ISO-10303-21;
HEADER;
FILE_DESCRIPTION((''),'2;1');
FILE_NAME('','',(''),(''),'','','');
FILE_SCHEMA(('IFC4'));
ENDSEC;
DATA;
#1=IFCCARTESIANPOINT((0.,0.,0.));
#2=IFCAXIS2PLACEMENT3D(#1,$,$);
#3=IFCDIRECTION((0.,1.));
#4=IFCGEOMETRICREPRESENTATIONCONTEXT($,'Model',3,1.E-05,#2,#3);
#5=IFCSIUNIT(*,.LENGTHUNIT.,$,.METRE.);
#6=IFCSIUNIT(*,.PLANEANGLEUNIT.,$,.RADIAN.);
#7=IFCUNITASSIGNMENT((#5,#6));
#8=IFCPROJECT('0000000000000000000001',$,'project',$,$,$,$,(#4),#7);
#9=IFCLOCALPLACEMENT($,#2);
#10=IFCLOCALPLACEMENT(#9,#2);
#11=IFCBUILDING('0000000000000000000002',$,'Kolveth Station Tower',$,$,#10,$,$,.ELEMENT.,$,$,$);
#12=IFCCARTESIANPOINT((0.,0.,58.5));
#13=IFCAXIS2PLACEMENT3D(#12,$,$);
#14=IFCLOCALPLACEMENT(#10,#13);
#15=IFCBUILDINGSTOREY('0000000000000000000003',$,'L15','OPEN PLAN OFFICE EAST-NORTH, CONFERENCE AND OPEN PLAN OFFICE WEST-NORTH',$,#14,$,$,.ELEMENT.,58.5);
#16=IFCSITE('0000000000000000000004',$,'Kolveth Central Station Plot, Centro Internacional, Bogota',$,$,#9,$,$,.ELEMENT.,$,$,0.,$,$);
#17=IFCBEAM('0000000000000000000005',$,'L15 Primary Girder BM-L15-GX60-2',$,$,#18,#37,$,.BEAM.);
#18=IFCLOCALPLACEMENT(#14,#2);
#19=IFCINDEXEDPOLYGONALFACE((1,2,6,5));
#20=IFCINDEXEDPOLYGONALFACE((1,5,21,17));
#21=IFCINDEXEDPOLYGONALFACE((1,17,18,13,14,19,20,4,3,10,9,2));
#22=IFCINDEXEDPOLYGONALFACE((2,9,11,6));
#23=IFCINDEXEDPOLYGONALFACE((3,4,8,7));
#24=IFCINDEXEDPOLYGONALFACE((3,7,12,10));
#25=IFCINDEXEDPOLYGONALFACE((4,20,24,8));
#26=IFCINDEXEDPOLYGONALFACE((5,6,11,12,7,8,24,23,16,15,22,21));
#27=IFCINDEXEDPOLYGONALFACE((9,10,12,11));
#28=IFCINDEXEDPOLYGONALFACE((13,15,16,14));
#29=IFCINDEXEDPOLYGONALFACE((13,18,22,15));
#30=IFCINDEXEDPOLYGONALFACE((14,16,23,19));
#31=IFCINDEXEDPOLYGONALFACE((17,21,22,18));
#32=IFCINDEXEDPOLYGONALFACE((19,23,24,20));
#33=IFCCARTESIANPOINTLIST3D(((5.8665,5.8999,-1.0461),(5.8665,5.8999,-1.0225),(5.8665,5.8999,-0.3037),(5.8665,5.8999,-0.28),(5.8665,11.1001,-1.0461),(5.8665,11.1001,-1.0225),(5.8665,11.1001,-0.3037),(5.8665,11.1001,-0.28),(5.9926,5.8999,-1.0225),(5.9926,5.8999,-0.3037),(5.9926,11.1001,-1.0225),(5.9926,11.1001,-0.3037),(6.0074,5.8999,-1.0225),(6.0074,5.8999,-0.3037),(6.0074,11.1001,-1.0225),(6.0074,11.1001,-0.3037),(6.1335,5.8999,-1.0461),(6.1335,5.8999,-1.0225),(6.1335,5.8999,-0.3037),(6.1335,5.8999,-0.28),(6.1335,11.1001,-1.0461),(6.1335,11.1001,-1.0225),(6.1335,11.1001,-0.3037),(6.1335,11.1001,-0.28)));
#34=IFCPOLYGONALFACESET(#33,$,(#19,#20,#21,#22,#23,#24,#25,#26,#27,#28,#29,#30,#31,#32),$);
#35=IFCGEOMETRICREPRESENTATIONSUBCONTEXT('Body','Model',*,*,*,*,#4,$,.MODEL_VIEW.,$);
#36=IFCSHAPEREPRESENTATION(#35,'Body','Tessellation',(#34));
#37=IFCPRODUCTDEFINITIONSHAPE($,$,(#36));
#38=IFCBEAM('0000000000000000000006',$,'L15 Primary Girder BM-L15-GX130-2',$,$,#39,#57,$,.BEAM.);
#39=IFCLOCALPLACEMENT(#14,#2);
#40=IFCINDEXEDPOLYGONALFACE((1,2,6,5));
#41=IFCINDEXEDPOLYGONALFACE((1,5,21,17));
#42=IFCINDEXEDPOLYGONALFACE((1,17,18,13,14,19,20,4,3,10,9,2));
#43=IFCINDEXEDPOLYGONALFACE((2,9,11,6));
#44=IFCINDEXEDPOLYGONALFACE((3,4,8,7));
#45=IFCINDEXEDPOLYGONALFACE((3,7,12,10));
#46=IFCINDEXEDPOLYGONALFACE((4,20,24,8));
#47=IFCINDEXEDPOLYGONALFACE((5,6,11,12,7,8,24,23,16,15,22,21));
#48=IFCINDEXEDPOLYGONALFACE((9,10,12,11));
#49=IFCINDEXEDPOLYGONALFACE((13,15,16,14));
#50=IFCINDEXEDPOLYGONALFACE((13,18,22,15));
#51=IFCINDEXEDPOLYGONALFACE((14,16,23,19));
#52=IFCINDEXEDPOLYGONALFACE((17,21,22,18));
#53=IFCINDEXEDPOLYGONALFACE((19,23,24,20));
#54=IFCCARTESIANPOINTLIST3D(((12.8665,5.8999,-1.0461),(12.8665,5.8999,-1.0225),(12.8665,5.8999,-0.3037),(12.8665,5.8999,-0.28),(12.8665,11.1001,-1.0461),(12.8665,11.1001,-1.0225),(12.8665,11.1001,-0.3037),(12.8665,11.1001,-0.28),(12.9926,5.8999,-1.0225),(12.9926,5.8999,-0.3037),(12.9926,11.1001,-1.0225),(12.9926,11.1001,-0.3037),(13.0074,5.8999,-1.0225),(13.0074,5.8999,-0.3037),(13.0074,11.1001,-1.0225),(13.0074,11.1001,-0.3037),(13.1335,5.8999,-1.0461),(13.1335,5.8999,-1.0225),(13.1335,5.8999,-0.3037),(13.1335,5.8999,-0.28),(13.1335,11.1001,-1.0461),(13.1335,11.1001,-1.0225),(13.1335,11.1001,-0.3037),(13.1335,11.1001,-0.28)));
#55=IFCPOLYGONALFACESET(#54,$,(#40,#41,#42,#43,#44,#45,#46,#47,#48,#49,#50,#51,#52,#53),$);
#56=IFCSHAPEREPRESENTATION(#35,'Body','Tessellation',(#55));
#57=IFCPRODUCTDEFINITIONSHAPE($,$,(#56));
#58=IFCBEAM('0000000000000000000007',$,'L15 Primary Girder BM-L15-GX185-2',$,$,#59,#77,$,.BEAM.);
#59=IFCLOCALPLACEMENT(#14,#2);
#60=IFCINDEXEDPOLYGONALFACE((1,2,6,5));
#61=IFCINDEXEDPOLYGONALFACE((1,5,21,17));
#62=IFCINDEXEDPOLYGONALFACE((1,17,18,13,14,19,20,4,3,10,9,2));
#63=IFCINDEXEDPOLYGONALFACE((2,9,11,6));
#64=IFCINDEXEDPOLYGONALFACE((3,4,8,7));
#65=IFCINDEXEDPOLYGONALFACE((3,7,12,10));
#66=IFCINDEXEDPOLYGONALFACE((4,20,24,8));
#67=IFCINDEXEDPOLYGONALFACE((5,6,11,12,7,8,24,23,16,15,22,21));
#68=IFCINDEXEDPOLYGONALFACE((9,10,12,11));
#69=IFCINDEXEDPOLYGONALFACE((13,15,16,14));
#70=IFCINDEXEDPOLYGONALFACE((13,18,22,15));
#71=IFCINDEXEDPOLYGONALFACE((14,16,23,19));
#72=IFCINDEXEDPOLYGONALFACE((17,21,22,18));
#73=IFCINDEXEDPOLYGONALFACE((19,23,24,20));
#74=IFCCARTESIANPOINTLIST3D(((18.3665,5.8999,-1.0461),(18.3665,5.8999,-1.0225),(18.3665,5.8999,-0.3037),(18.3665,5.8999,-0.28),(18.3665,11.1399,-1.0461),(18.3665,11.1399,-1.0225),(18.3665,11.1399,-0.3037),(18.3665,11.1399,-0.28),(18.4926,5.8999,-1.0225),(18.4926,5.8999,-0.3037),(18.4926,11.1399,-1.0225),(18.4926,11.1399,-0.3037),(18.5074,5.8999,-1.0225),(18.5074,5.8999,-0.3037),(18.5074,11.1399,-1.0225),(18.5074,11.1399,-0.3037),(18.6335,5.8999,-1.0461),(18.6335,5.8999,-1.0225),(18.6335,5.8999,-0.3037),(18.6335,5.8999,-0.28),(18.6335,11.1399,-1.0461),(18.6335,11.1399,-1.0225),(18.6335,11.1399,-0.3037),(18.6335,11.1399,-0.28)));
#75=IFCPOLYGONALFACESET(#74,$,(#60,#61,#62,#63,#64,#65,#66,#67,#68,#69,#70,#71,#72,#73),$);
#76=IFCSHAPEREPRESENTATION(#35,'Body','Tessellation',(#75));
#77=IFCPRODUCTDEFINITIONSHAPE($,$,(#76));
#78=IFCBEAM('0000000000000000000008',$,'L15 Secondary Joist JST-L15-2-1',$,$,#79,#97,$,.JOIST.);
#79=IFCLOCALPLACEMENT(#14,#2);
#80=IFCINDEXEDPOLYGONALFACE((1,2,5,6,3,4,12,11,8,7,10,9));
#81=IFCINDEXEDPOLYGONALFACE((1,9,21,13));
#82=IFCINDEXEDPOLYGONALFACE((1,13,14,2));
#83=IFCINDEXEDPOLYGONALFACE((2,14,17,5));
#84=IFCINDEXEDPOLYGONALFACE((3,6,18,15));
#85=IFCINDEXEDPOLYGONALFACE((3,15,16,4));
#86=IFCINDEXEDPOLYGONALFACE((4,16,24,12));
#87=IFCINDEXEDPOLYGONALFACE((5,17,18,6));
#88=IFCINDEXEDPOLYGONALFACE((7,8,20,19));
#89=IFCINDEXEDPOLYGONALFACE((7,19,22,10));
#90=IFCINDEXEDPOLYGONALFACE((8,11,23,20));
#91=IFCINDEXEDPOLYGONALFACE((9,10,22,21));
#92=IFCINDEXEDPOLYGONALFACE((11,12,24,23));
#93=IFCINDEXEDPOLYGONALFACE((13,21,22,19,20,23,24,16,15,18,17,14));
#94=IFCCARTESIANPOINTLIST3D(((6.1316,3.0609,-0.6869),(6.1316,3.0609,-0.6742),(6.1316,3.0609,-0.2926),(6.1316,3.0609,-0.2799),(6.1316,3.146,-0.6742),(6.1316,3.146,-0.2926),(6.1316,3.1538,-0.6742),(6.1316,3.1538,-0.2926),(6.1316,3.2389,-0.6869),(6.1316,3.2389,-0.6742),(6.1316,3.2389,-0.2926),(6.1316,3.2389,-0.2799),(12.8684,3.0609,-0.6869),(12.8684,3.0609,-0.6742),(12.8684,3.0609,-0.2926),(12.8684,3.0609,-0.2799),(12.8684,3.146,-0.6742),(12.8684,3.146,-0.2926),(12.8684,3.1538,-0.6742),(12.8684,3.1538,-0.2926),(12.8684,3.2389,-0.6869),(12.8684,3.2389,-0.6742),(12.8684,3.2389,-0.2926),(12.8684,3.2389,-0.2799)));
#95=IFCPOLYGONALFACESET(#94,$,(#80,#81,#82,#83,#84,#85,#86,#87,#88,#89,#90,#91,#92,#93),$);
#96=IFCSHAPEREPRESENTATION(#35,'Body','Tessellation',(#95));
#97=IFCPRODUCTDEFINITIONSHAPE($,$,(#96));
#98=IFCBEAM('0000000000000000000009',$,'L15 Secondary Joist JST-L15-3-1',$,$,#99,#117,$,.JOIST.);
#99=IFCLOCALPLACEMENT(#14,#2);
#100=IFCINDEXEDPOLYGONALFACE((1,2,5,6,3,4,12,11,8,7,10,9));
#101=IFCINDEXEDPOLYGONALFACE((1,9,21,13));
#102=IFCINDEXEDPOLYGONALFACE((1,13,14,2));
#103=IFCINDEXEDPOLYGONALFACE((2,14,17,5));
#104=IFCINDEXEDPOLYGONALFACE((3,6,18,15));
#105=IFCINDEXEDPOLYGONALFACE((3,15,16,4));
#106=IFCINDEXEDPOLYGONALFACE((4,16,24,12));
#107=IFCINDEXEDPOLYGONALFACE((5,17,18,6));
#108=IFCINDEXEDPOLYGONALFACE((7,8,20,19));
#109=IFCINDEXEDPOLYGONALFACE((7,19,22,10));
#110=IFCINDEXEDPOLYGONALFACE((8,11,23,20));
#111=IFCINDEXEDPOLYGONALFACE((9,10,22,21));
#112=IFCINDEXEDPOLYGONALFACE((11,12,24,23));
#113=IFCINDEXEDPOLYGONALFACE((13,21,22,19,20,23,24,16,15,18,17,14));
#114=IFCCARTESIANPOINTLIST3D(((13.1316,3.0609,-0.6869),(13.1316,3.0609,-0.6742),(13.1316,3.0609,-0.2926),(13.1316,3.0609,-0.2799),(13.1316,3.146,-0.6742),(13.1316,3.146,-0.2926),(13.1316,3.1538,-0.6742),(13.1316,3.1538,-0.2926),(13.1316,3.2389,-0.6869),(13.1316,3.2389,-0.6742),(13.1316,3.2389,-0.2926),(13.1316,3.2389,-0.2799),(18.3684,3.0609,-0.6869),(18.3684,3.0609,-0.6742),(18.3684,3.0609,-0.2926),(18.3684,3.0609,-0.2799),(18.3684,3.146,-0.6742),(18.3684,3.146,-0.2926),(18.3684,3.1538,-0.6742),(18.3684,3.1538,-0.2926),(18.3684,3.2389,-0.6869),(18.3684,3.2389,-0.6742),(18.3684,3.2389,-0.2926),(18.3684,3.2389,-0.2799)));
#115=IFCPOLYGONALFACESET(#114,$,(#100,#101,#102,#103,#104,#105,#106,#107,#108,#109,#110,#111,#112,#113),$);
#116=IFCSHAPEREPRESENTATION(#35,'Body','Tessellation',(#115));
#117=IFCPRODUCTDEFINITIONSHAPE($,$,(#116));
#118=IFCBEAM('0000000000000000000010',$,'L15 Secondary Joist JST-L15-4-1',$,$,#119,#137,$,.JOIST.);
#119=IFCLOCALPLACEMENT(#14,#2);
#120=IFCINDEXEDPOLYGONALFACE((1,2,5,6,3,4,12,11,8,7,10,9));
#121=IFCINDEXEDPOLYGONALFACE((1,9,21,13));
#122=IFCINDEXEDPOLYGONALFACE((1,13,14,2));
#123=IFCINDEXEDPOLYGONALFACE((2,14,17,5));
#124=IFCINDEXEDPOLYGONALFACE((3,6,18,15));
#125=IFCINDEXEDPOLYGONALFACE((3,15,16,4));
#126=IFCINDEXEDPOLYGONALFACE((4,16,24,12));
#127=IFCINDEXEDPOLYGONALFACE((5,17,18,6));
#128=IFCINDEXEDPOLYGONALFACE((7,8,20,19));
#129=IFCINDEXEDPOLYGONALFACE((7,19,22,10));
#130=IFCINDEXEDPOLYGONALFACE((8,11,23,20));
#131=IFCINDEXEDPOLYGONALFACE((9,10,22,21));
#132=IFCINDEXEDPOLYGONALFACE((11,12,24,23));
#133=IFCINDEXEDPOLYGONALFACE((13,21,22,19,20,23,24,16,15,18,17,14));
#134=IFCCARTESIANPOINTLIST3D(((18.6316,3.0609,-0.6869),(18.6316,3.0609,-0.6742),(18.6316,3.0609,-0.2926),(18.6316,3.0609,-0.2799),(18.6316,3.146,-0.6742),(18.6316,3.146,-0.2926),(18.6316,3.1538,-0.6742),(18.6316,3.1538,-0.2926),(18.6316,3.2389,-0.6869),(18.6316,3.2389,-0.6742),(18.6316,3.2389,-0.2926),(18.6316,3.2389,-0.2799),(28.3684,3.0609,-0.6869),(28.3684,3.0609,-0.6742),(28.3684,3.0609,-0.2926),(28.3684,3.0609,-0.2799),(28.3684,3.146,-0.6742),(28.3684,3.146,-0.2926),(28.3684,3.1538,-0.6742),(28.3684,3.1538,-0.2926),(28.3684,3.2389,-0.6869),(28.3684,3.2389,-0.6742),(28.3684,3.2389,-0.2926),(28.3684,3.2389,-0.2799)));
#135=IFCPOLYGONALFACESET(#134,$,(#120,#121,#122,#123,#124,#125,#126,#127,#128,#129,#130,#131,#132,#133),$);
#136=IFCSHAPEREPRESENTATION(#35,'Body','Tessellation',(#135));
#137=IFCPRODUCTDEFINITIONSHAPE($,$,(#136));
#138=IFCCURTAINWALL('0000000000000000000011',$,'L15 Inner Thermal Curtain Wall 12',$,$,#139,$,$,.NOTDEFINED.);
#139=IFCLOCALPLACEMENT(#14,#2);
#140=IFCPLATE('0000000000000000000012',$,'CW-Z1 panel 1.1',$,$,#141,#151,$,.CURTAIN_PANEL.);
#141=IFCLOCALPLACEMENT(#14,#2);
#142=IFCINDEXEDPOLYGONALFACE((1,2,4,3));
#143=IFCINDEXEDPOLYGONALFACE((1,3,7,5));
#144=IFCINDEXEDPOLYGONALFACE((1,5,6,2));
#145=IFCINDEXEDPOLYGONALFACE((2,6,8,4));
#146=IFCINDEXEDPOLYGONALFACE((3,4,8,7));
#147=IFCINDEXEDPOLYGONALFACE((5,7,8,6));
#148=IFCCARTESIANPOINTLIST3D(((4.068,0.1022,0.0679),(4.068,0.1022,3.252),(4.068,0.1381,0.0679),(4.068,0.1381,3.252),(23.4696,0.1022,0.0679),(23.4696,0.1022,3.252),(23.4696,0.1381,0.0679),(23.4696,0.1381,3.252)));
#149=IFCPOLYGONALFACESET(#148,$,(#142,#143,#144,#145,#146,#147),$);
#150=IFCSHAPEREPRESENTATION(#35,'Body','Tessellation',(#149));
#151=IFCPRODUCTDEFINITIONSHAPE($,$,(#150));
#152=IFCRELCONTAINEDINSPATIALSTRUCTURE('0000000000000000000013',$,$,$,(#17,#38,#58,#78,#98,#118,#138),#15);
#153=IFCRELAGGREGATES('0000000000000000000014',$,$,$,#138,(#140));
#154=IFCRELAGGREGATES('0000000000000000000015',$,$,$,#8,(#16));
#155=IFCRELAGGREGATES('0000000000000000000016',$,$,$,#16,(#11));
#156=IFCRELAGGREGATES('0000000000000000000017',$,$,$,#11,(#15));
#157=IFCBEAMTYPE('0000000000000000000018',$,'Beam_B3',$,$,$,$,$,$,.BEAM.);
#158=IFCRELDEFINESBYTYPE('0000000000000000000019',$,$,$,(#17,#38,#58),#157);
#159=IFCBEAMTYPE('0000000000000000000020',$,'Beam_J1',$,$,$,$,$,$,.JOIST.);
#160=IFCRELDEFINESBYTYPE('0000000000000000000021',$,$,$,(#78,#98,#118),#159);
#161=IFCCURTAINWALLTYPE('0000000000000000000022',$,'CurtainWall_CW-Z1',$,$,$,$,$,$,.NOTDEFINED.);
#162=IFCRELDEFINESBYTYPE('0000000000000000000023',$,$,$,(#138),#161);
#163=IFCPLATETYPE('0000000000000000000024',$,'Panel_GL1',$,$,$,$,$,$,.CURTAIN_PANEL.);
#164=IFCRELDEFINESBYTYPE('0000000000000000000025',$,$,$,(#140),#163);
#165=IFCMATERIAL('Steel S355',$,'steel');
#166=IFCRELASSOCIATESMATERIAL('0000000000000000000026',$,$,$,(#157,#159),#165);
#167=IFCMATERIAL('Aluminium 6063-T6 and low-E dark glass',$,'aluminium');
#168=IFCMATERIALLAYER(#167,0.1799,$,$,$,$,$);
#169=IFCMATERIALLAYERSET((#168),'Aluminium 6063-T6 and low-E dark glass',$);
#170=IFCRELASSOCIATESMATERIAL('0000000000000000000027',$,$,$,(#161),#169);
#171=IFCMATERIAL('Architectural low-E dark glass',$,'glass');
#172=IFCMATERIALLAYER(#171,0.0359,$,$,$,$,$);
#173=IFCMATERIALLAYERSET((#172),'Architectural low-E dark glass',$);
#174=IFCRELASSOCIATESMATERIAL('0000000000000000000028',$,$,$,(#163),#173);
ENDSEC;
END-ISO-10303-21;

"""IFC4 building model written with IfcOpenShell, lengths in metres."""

from ifc_helpers import new_model, si_unit, direction, frame, origin, origin_2d, place, context, subcontext, project, spatial, rectangle, i_section, extrude, source, transform, mapped, material, layer, layer_set, material_profile, profile_set, type_object, element, aggregate, save


model = new_model("IFC4")

# Units and contexts
model_context = context("Model", 3, precision=1e-05, world=origin(), true_north=direction((0.0, 1.0)))
body_context = subcontext(model_context, "Body", "Model", "MODEL_VIEW")
ifc_project = project(units=[si_unit("LENGTHUNIT", "METRE"), si_unit("PLANEANGLEUNIT", "RADIAN")], contexts=[model_context])

# Site, building, storey
site_placement = place(None, origin())
site = spatial("IfcSite", under=ifc_project, at=site_placement, Name="Kolveth Central Station Plot, Centro Internacional, Bogota", CompositionType="ELEMENT", RefElevation=0.0)
building_placement = place(site_placement, origin())
building = spatial("IfcBuilding", under=site, at=building_placement, Name="Kolveth Station Tower", CompositionType="ELEMENT")
storey_placement = place(building_placement, frame((0.0, 0.0, 58.5)))
storey = spatial("IfcBuildingStorey", under=building, at=storey_placement, Name="L15", Description="OPEN PLAN OFFICE EAST-NORTH, CONFERENCE AND OPEN PLAN OFFICE WEST-NORTH", CompositionType="ELEMENT", Elevation=58.5)

# Shared definitions
ifc_material_1 = material(Name="Steel S355", Category="steel")

# Beams
ifc_material_profile_1 = material_profile(ifc_material_1, i_section(OverallWidth=0.2671, OverallDepth=0.7661, WebThickness=0.0149, FlangeThickness=0.0237, at=origin_2d()), Name="W760x185")
ifc_profile_set_1 = profile_set([ifc_material_profile_1], Name="Steel S355")
beam_type_1 = type_object("IfcBeamType", Name="Beam_B3", PredefinedType="BEAM", material=ifc_profile_set_1)
shared_shape_1 = source(origin(), body_context, "Body", "SweptSolid", [
    extrude(i_section(OverallWidth=0.2671, OverallDepth=0.7661, WebThickness=0.0149, FlangeThickness=0.0237, at=origin_2d()), origin(), (0.0, 0.0, 1.0), 5.2002),
])
for number, where, z_axis, x_axis, name in (
    (1, (6.0, 5.8999, -0.6631), (0.0, 1.0, 0.0), (-1.0, 0.0, 0.0), "L15 Primary Girder BM-L15-GX60-2"),
    (2, (13.0, 5.8999, -0.6631), (0.0, 1.0, 0.0), (-1.0, 0.0, 0.0), "L15 Primary Girder BM-L15-GX130-2"),
):
    element("IfcBeam", number, at=place(storey_placement, frame(where, z_axis=z_axis, x_axis=x_axis)), inside=storey, type_object=beam_type_1, Name=name, PredefinedType="BEAM", context=body_context, shape_type="MappedRepresentation", body=[
        mapped(shared_shape_1, transform((0.0, 0.0, 0.0), x_axis=(1.0, 0.0, 0.0), y_axis=(0.0, 1.0, 0.0), z_axis=(0.0, 0.0, 1.0), scale=1.0)),
    ])
shared_shape_2 = source(origin(), body_context, "Body", "SweptSolid", [
    extrude(i_section(OverallWidth=0.2671, OverallDepth=0.7661, WebThickness=0.0149, FlangeThickness=0.0237, at=origin_2d()), origin(), (0.0, 0.0, 1.0), 5.24),
])
beam_1_placement = place(storey_placement, frame((18.5, 5.8999, -0.6631), z_axis=(0.0, 1.0, 0.0), x_axis=(-1.0, 0.0, 0.0)))
element("IfcBeam", 3, at=beam_1_placement, inside=storey, type_object=beam_type_1, Name="L15 Primary Girder BM-L15-GX185-2", PredefinedType="BEAM", context=body_context, shape_type="MappedRepresentation", body=[
    mapped(shared_shape_2, transform((0.0, 0.0, 0.0), x_axis=(1.0, 0.0, 0.0), y_axis=(0.0, 1.0, 0.0), z_axis=(0.0, 0.0, 1.0), scale=1.0)),
])
ifc_material_profile_2 = material_profile(ifc_material_1, i_section(OverallWidth=0.178, OverallDepth=0.407, WebThickness=0.0078, FlangeThickness=0.0127, at=origin_2d()), Name="W410x60")
ifc_profile_set_2 = profile_set([ifc_material_profile_2], Name="Steel S355")
beam_type_2 = type_object("IfcBeamType", Name="Beam_J1", PredefinedType="JOIST", material=ifc_profile_set_2)
shared_shape_3 = source(origin(), body_context, "Body", "SweptSolid", [
    extrude(i_section(OverallWidth=0.178, OverallDepth=0.407, WebThickness=0.0078, FlangeThickness=0.0127, at=origin_2d()), origin(), (0.0, 0.0, 1.0), 6.7368),
])
beam_2_placement = place(storey_placement, frame((6.1316, 3.1499, -0.4834), z_axis=(1.0, 0.0, 0.0), x_axis=(0.0, 1.0, 0.0)))
element("IfcBeam", 4, at=beam_2_placement, inside=storey, type_object=beam_type_2, Name="L15 Secondary Joist JST-L15-2-1", PredefinedType="JOIST", context=body_context, shape_type="MappedRepresentation", body=[
    mapped(shared_shape_3, transform((0.0, 0.0, 0.0), x_axis=(1.0, 0.0, 0.0), y_axis=(0.0, 1.0, 0.0), z_axis=(0.0, 0.0, 1.0), scale=1.0)),
])
shared_shape_4 = source(origin(), body_context, "Body", "SweptSolid", [
    extrude(i_section(OverallWidth=0.178, OverallDepth=0.407, WebThickness=0.0078, FlangeThickness=0.0127, at=origin_2d()), origin(), (0.0, 0.0, 1.0), 5.2368),
])
beam_3_placement = place(storey_placement, frame((13.1316, 3.1499, -0.4834), z_axis=(1.0, 0.0, 0.0), x_axis=(0.0, 1.0, 0.0)))
element("IfcBeam", 5, at=beam_3_placement, inside=storey, type_object=beam_type_2, Name="L15 Secondary Joist JST-L15-3-1", PredefinedType="JOIST", context=body_context, shape_type="MappedRepresentation", body=[
    mapped(shared_shape_4, transform((0.0, 0.0, 0.0), x_axis=(1.0, 0.0, 0.0), y_axis=(0.0, 1.0, 0.0), z_axis=(0.0, 0.0, 1.0), scale=1.0)),
])
shared_shape_5 = source(origin(), body_context, "Body", "SweptSolid", [
    extrude(i_section(OverallWidth=0.178, OverallDepth=0.407, WebThickness=0.0078, FlangeThickness=0.0127, at=origin_2d()), origin(), (0.0, 0.0, 1.0), 9.7368),
])
beam_4_placement = place(storey_placement, frame((18.6316, 3.1499, -0.4834), z_axis=(1.0, 0.0, 0.0), x_axis=(0.0, 1.0, 0.0)))
element("IfcBeam", 6, at=beam_4_placement, inside=storey, type_object=beam_type_2, Name="L15 Secondary Joist JST-L15-4-1", PredefinedType="JOIST", context=body_context, shape_type="MappedRepresentation", body=[
    mapped(shared_shape_5, transform((0.0, 0.0, 0.0), x_axis=(1.0, 0.0, 0.0), y_axis=(0.0, 1.0, 0.0), z_axis=(0.0, 0.0, 1.0), scale=1.0)),
])

# Curtain wall, plate
ifc_material_2 = material(Name="Aluminium 6063-T6 and low-E dark glass", Category="aluminium")
ifc_layer_1 = layer(ifc_material_2, 0.1799)
ifc_layer_set_1 = layer_set([ifc_layer_1], Name="Aluminium 6063-T6 and low-E dark glass")
curtain_wall_type = type_object("IfcCurtainWallType", Name="CurtainWall_CW-Z1", PredefinedType="NOTDEFINED", material=ifc_layer_set_1)
curtain_wall_placement = place(storey_placement, origin())
curtain_wall = element("IfcCurtainWall", 7, at=curtain_wall_placement, inside=storey, type_object=curtain_wall_type, Name="L15 Inner Thermal Curtain Wall 12", PredefinedType="NOTDEFINED")
ifc_material_3 = material(Name="Architectural low-E dark glass", Category="glass")
ifc_layer_2 = layer(ifc_material_3, 0.0359)
ifc_layer_set_2 = layer_set([ifc_layer_2], Name="Architectural low-E dark glass")
plate_type = type_object("IfcPlateType", Name="Panel_GL1", PredefinedType="CURTAIN_PANEL", material=ifc_layer_set_2)
shared_shape_6 = source(origin(), body_context, "Body", "SweptSolid", [
    extrude(rectangle(XDim=19.4016, YDim=0.0359, at=origin_2d()), origin(), (0.0, 0.0, 1.0), 3.1841),
])
plate_placement = place(storey_placement, frame((13.7688, 0.1201, 0.0679), z_axis=(0.0, 0.0, 1.0), x_axis=(1.0, 0.0, 0.0)))
plate = element("IfcPlate", 8, at=plate_placement, type_object=plate_type, Name="CW-Z1 panel 1.1", PredefinedType="CURTAIN_PANEL", context=body_context, shape_type="MappedRepresentation", body=[
    mapped(shared_shape_6, transform((0.0, 0.0, 0.0), x_axis=(1.0, 0.0, 0.0), y_axis=(0.0, 1.0, 0.0), z_axis=(0.0, 0.0, 1.0), scale=1.0)),
])
aggregate(curtain_wall, [plate])

save(model, "model.ifc")
